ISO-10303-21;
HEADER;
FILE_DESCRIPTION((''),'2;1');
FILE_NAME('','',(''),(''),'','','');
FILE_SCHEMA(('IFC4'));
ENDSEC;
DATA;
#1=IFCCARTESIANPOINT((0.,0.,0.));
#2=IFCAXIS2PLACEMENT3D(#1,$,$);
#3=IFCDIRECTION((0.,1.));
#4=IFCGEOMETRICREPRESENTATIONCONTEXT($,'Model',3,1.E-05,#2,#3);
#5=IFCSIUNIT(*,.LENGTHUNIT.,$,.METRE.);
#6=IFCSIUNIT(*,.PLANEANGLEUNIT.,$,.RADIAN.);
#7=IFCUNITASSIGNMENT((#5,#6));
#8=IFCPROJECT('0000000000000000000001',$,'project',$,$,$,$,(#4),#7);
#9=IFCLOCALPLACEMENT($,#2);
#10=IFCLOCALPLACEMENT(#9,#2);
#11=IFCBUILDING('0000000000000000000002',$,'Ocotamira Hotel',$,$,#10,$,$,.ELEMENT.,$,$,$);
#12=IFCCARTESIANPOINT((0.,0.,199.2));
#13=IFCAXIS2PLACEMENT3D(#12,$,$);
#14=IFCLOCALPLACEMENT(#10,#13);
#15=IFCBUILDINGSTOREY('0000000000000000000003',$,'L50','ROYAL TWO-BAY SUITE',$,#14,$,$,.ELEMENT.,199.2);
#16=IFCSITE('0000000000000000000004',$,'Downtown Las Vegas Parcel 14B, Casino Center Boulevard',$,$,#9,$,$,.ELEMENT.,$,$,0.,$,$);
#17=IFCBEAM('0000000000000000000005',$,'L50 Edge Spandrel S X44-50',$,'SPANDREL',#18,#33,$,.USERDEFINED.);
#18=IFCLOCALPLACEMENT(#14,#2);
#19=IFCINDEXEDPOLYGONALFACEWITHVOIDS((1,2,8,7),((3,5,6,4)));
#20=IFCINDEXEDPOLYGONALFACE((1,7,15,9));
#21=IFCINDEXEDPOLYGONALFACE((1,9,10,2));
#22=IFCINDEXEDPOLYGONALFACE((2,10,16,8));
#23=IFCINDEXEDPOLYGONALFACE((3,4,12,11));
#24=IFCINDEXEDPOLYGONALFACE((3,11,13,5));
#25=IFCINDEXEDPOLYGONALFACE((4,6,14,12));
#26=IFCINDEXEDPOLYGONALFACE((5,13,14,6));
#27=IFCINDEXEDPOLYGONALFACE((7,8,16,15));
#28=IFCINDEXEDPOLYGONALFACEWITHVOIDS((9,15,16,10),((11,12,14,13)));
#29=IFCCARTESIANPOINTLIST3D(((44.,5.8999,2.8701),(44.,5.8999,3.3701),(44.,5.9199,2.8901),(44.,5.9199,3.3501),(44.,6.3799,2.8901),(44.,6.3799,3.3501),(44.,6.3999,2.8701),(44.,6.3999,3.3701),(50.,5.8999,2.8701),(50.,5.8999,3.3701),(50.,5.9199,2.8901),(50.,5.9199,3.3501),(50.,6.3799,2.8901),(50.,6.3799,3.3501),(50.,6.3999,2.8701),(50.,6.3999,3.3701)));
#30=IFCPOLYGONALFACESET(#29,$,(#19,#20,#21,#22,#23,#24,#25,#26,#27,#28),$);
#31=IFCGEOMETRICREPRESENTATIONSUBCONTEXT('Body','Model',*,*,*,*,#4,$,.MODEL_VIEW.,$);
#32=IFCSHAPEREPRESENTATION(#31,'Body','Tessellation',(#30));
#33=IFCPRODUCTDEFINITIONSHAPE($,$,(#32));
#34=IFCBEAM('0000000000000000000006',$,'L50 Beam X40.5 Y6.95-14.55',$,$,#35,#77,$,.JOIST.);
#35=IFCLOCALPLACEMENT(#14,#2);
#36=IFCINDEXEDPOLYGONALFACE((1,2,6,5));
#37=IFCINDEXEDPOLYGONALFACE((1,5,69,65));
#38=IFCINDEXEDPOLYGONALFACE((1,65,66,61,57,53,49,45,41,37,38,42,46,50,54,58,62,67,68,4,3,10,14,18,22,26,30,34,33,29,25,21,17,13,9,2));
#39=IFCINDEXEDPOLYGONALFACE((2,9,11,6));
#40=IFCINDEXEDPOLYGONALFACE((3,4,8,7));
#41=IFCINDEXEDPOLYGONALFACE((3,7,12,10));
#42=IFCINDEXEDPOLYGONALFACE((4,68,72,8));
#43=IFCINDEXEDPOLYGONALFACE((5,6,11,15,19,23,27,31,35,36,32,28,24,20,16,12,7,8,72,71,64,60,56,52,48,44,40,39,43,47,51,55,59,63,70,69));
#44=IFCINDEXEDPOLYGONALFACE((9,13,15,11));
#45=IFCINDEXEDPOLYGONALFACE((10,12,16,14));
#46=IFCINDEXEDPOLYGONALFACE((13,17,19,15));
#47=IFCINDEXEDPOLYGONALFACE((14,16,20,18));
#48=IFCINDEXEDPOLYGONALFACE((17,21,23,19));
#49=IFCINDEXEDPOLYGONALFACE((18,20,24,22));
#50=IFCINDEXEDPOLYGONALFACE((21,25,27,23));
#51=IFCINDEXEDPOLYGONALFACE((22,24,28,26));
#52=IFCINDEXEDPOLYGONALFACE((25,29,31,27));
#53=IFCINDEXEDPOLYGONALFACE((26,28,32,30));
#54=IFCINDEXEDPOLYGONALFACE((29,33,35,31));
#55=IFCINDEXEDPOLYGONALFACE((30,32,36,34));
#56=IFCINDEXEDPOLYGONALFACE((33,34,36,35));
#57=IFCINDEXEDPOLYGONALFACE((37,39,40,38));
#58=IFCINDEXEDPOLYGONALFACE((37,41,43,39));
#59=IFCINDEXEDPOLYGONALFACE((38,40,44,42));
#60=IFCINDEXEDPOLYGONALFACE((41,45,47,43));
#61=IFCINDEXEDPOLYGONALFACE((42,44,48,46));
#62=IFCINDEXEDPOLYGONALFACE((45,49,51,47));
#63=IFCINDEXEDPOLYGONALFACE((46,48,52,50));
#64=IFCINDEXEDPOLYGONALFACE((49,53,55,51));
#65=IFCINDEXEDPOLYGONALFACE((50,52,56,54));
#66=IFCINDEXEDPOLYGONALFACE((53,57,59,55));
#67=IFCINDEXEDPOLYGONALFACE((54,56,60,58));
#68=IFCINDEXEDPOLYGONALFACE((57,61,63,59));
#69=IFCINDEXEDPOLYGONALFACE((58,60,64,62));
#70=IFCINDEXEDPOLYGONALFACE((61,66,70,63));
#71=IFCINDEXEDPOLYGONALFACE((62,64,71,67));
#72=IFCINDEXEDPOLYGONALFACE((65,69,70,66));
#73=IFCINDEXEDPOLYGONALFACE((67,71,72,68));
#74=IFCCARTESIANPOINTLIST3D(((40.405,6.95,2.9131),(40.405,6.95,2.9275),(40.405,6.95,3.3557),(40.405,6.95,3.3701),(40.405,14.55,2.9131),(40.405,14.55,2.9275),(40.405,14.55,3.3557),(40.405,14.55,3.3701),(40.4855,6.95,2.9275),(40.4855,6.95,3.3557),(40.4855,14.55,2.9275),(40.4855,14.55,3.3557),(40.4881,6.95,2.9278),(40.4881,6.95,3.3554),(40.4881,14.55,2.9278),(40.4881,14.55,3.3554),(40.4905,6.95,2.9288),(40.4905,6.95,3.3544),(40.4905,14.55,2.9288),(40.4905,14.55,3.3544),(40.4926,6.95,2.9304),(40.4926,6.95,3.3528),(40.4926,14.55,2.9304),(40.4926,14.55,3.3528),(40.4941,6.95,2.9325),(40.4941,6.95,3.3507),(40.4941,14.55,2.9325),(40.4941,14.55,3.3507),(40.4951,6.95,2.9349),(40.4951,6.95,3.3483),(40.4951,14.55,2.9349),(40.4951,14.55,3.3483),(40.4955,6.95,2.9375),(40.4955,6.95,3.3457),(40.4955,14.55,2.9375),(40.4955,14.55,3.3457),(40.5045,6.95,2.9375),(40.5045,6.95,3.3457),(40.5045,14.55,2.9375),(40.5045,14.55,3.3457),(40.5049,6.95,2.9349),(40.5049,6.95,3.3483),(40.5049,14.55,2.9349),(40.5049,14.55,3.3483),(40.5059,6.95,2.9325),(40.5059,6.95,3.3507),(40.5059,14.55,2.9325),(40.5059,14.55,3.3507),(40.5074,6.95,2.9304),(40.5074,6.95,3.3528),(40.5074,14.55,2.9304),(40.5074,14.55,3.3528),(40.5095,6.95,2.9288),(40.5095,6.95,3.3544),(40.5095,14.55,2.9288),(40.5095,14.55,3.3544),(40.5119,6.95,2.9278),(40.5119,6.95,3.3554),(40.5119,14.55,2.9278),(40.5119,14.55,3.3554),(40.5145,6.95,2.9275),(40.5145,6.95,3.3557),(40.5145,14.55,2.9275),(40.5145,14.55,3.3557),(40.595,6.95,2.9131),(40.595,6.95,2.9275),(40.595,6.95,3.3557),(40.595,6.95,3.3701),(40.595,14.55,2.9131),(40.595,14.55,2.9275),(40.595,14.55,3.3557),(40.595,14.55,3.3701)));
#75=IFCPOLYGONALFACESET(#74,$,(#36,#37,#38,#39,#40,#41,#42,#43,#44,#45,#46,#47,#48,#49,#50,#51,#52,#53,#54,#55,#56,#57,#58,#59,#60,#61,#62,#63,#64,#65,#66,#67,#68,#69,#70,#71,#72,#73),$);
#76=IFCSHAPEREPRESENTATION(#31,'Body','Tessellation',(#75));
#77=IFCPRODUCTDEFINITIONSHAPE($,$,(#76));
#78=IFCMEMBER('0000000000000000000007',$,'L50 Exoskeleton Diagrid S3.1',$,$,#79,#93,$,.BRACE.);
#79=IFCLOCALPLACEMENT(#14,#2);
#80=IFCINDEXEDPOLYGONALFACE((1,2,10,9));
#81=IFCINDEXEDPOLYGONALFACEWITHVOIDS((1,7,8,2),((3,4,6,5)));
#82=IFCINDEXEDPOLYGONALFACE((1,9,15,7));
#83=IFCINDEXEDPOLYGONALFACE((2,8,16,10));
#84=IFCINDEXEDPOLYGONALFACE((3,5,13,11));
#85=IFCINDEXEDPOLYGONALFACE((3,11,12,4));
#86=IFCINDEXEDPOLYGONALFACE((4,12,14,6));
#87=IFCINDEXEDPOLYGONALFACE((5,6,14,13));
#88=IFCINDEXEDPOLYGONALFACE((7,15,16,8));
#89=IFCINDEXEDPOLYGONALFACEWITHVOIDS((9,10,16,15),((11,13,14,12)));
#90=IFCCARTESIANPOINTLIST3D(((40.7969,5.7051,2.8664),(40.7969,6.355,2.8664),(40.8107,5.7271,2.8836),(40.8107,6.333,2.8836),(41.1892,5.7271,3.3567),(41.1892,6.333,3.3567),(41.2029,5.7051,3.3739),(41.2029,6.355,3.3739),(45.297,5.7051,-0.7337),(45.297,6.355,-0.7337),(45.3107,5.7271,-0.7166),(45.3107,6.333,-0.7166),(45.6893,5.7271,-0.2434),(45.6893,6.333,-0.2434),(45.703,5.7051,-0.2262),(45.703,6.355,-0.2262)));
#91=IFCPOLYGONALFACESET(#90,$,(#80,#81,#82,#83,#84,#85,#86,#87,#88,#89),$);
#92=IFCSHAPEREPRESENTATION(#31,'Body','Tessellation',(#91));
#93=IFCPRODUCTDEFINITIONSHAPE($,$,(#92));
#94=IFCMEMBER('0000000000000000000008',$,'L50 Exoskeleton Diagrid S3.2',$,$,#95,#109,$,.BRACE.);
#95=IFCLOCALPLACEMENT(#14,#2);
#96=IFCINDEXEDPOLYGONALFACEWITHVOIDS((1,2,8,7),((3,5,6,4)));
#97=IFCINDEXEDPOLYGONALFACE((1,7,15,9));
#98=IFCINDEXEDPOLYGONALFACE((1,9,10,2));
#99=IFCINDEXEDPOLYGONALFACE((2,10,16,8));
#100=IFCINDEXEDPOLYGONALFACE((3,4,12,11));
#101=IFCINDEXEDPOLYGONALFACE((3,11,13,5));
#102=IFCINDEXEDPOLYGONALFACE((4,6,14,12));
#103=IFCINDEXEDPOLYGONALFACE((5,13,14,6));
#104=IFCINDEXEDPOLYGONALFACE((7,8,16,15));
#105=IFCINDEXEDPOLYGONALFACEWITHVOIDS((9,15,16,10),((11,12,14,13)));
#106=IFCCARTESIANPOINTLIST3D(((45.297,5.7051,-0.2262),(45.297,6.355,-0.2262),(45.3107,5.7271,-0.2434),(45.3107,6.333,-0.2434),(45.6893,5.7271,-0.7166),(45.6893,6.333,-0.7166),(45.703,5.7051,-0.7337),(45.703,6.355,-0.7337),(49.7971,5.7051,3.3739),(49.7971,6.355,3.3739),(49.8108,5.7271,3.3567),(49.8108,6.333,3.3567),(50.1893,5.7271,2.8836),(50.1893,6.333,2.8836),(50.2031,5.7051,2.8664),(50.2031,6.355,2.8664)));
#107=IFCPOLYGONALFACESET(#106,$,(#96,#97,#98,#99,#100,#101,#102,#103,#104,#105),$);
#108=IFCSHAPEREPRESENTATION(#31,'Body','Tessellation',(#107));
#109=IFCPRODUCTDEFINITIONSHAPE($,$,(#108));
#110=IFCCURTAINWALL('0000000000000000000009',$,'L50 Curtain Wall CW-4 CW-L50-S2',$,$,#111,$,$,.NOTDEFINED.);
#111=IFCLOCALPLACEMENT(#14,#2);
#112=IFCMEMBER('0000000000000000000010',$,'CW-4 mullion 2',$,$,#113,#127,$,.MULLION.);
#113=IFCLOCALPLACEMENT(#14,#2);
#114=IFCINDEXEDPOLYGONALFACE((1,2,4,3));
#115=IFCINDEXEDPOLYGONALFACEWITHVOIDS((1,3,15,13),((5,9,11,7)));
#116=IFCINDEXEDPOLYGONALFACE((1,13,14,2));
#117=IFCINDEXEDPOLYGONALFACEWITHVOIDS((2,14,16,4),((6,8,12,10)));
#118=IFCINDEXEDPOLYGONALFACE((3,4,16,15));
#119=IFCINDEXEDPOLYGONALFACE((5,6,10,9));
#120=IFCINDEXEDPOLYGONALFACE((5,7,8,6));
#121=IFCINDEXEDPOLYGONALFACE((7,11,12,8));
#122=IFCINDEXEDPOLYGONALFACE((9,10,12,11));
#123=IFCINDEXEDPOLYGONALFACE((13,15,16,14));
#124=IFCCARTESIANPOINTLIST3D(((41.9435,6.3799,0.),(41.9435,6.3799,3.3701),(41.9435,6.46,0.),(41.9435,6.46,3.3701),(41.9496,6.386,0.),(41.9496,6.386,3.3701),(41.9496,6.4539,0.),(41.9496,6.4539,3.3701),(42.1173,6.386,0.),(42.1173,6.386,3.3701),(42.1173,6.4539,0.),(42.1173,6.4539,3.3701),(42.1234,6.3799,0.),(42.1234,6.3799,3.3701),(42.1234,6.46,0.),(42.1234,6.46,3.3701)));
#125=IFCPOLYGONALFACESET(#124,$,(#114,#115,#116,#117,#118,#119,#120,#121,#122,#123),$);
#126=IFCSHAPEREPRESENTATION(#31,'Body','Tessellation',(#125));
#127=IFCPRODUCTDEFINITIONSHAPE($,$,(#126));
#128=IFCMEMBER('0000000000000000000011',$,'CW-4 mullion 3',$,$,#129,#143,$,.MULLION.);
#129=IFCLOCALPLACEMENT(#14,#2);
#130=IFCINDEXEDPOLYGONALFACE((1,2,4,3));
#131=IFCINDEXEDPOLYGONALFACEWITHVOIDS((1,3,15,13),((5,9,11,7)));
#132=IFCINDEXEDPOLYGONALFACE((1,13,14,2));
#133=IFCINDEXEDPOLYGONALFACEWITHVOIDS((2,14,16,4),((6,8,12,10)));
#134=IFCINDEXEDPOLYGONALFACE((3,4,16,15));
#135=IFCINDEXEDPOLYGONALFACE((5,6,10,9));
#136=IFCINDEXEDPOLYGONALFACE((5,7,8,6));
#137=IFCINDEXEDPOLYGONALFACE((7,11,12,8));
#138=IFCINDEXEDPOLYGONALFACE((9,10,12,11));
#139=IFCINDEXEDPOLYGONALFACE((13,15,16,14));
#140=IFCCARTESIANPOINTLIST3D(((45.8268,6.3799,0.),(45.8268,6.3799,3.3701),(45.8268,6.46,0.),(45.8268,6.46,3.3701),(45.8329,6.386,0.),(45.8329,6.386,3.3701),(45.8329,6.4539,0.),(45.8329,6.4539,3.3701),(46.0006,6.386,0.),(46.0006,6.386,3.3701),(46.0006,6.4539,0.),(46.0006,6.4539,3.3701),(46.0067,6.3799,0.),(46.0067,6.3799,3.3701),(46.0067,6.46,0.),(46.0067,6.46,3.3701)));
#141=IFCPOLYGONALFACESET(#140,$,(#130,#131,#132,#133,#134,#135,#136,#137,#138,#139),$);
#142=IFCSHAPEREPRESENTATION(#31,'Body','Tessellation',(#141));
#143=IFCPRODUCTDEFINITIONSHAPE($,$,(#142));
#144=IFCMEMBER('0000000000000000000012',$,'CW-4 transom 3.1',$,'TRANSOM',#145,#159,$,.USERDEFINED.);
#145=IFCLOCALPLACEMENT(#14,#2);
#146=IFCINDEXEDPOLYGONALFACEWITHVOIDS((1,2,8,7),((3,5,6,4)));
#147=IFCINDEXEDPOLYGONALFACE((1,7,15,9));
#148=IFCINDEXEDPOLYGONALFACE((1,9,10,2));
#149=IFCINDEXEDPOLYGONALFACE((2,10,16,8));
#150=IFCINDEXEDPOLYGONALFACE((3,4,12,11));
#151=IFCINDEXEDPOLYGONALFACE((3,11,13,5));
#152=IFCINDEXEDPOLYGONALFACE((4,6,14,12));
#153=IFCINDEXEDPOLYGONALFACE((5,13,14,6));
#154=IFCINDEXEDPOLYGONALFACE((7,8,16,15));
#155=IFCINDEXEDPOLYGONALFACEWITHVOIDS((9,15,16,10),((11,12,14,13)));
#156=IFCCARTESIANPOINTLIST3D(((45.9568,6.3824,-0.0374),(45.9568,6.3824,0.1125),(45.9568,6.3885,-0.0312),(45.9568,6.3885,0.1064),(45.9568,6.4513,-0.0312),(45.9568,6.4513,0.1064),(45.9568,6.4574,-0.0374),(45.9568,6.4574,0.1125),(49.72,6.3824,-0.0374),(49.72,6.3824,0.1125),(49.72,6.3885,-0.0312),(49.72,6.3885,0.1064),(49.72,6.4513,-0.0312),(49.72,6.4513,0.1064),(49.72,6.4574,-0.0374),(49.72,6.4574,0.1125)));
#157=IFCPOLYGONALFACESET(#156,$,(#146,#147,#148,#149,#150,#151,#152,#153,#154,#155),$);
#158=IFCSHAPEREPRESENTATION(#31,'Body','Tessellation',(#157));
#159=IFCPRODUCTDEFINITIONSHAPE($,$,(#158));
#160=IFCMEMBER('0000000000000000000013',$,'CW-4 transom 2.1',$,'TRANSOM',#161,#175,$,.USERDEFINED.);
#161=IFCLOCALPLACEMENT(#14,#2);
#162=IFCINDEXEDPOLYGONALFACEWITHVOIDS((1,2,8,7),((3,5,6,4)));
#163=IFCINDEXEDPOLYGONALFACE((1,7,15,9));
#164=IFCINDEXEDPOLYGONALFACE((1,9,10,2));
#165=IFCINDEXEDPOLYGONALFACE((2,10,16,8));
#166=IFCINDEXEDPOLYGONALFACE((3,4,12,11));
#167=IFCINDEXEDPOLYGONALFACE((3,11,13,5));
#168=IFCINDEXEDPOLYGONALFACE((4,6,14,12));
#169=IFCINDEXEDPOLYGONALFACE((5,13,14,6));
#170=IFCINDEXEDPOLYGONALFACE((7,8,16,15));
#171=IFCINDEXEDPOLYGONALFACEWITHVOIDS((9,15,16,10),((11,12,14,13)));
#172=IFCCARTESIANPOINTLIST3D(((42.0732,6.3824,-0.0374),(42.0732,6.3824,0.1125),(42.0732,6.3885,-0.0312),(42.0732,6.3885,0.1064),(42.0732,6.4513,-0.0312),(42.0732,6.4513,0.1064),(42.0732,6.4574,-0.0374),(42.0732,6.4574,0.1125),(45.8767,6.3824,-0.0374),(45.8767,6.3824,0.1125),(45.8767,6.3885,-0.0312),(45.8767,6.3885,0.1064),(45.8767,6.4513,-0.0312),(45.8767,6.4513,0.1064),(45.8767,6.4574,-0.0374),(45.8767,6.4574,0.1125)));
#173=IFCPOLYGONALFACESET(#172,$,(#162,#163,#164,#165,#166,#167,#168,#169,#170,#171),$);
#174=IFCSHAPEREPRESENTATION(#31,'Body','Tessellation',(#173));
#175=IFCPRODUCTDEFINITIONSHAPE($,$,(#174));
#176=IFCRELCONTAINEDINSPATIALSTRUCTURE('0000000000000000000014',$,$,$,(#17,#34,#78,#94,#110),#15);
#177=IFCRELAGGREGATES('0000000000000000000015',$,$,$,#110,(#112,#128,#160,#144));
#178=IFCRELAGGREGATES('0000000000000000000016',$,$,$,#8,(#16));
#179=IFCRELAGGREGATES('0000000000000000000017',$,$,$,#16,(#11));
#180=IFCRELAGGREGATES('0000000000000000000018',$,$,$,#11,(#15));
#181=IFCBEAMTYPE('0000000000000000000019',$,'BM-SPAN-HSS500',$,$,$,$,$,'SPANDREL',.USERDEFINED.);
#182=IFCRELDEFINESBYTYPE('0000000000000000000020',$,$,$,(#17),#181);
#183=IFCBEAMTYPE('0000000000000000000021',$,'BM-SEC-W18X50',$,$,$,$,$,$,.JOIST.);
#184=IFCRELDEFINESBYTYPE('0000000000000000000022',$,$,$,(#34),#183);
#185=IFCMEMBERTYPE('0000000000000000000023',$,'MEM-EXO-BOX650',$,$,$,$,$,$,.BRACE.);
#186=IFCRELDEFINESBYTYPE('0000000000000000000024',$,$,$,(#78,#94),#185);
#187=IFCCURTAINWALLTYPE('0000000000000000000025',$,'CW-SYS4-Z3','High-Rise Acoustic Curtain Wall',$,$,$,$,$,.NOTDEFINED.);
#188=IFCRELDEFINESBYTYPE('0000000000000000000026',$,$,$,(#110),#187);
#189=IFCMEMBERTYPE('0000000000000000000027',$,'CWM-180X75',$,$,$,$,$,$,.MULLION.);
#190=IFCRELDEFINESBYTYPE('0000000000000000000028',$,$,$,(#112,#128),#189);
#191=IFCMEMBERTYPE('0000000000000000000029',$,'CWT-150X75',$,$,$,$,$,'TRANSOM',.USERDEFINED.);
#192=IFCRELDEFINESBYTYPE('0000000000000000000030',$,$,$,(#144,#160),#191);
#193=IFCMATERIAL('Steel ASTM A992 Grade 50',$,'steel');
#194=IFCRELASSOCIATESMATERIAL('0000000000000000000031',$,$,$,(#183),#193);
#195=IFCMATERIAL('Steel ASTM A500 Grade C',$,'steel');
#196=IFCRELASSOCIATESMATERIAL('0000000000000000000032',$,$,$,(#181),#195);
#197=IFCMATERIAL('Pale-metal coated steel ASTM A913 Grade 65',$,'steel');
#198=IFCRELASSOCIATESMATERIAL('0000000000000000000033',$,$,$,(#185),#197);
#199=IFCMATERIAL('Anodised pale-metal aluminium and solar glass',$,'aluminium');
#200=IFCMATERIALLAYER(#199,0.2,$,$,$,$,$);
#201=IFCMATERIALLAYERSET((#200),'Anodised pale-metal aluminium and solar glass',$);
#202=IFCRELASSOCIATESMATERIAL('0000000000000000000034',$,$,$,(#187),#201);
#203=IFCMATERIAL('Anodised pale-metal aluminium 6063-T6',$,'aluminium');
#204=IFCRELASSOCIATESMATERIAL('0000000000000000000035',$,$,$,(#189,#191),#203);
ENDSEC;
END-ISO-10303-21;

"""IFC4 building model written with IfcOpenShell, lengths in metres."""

from ifc_helpers import new_model, si_unit, direction, frame, origin, origin_2d, place, context, subcontext, project, spatial, hollow_rectangle, i_section, extrude, source, transform, mapped, material, layer, layer_set, material_profile, profile_set, type_object, element, aggregate, save


model = new_model("IFC4")

# Units and contexts
model_context = context("Model", 3, precision=1e-05, world=origin(), true_north=direction((0.0, 1.0)))
body_context = subcontext(model_context, "Body", "Model", "MODEL_VIEW")
ifc_project = project(units=[si_unit("LENGTHUNIT", "METRE"), si_unit("PLANEANGLEUNIT", "RADIAN")], contexts=[model_context])

# Site, building, storey
site_placement = place(None, origin())
site = spatial("IfcSite", under=ifc_project, at=site_placement, Name="Downtown Las Vegas Parcel 14B, Casino Center Boulevard", CompositionType="ELEMENT", RefElevation=0.0)
building_placement = place(site_placement, origin())
building = spatial("IfcBuilding", under=site, at=building_placement, Name="Ocotamira Hotel", CompositionType="ELEMENT")
storey_placement = place(building_placement, frame((0.0, 0.0, 199.2)))
storey = spatial("IfcBuildingStorey", under=building, at=storey_placement, Name="L50", Description="ROYAL TWO-BAY SUITE", CompositionType="ELEMENT", Elevation=199.2)

# Beams
ifc_material_1 = material(Name="Steel ASTM A992 Grade 50", Category="steel")
ifc_material_profile_1 = material_profile(ifc_material_1, i_section(OverallWidth=0.1899, OverallDepth=0.457, WebThickness=0.009, FlangeThickness=0.0144, FilletRadius=0.01, at=origin_2d()), Name="W18X50")
ifc_profile_set_1 = profile_set([ifc_material_profile_1], Name="Steel ASTM A992 Grade 50")
beam_type_1 = type_object("IfcBeamType", Name="BM-SEC-W18X50", PredefinedType="JOIST", material=ifc_profile_set_1)
ifc_material_2 = material(Name="Steel ASTM A500 Grade C", Category="steel")
ifc_material_profile_2 = material_profile(ifc_material_2, hollow_rectangle(XDim=0.5, YDim=0.5, WallThickness=0.02, at=origin_2d()), Name="HSS500X500X20")
ifc_profile_set_2 = profile_set([ifc_material_profile_2], Name="Steel ASTM A500 Grade C")
beam_type_2 = type_object("IfcBeamType", Name="BM-SPAN-HSS500", ElementType="SPANDREL", PredefinedType="USERDEFINED", material=ifc_profile_set_2)
shared_shape_1 = source(origin(), body_context, "Body", "SweptSolid", [
    extrude(hollow_rectangle(XDim=0.5, YDim=0.5, WallThickness=0.02, at=origin_2d()), origin(), (0.0, 0.0, 1.0), 6.0),
])
beam_1_placement = place(storey_placement, frame((44.0, 6.1499, 3.1201), z_axis=(1.0, 0.0, 0.0), x_axis=(0.0, 1.0, 0.0)))
element("IfcBeam", 1, at=beam_1_placement, inside=storey, type_object=beam_type_2, Name="L50 Edge Spandrel S X44-50", ObjectType="SPANDREL", PredefinedType="USERDEFINED", context=body_context, shape_type="MappedRepresentation", body=[
    mapped(shared_shape_1, transform((0.0, 0.0, 0.0), scale=1.0)),
])
shared_shape_2 = source(origin(), body_context, "Body", "SweptSolid", [
    extrude(i_section(OverallWidth=0.1899, OverallDepth=0.457, WebThickness=0.009, FlangeThickness=0.0144, FilletRadius=0.01, at=origin_2d()), origin(), (0.0, 0.0, 1.0), 7.6001),
])
beam_2_placement = place(storey_placement, frame((40.5, 6.95, 3.1416), z_axis=(0.0, 1.0, 0.0), x_axis=(-1.0, 0.0, 0.0)))
element("IfcBeam", 2, at=beam_2_placement, inside=storey, type_object=beam_type_1, Name="L50 Beam X40.5 Y6.95-14.55", PredefinedType="JOIST", context=body_context, shape_type="MappedRepresentation", body=[
    mapped(shared_shape_2, transform((0.0, 0.0, 0.0), scale=1.0)),
])

# Members
ifc_material_3 = material(Name="Pale-metal coated steel ASTM A913 Grade 65", Category="steel")
ifc_material_profile_3 = material_profile(ifc_material_3, hollow_rectangle(XDim=0.6499, YDim=0.6499, WallThickness=0.022, at=origin_2d()), Name="BOX650X650X22")
ifc_profile_set_3 = profile_set([ifc_material_profile_3], Name="Pale-metal coated steel ASTM A913 Grade 65")
member_type_1 = type_object("IfcMemberType", Name="MEM-EXO-BOX650", PredefinedType="BRACE", material=ifc_profile_set_3)
shared_shape_3 = source(origin(), body_context, "Body", "SweptSolid", [
    extrude(hollow_rectangle(XDim=0.6499, YDim=0.6499, WallThickness=0.022, at=origin_2d()), origin(), (0.0, 0.0, 1.0), 5.7629),
])
for number, where, z_axis, x_axis, name in (
    (3, (45.5, 6.03, -0.48), (-0.780861, 0.0, 0.624705), (0.0, -1.0, 0.0), "L50 Exoskeleton Diagrid S3.1"),
    (4, (45.5, 6.03, -0.48), (0.780861, 0.0, 0.624705), (0.0, 1.0, 0.0), "L50 Exoskeleton Diagrid S3.2"),
):
    element("IfcMember", number, at=place(storey_placement, frame(where, z_axis=z_axis, x_axis=x_axis)), inside=storey, type_object=member_type_1, Name=name, PredefinedType="BRACE", context=body_context, shape_type="MappedRepresentation", body=[
        mapped(shared_shape_3, transform((0.0, 0.0, 0.0), scale=1.0)),
    ])

# Curtain wall, members
ifc_material_4 = material(Name="Anodised pale-metal aluminium and solar glass", Category="aluminium")
ifc_layer_1 = layer(ifc_material_4, 0.2)
ifc_layer_set_1 = layer_set([ifc_layer_1], Name="Anodised pale-metal aluminium and solar glass")
curtain_wall_type = type_object("IfcCurtainWallType", Name="CW-SYS4-Z3", Description="High-Rise Acoustic Curtain Wall", PredefinedType="NOTDEFINED", material=ifc_layer_set_1)
curtain_wall_placement = place(storey_placement, origin())
curtain_wall = element("IfcCurtainWall", 5, at=curtain_wall_placement, inside=storey, type_object=curtain_wall_type, Name="L50 Curtain Wall CW-4 CW-L50-S2", PredefinedType="NOTDEFINED")
ifc_material_5 = material(Name="Anodised pale-metal aluminium 6063-T6", Category="aluminium")
ifc_material_profile_4 = material_profile(ifc_material_5, hollow_rectangle(XDim=0.0801, YDim=0.1799, WallThickness=0.0061, at=origin_2d()), Name="HSS180X80X6")
ifc_profile_set_4 = profile_set([ifc_material_profile_4], Name="Anodised pale-metal aluminium 6063-T6")
member_type_2 = type_object("IfcMemberType", Name="CWM-180X75", PredefinedType="MULLION", material=ifc_profile_set_4)
shared_shape_4 = source(origin(), body_context, "Body", "SweptSolid", [
    extrude(hollow_rectangle(XDim=0.0801, YDim=0.1799, WallThickness=0.0061, at=origin_2d()), origin(), (0.0, 0.0, 1.0), 3.3701),
])
member_1_placement = place(storey_placement, frame((42.0334, 6.4199, 0.0), z_axis=(0.0, 0.0, 1.0), x_axis=(0.0, 1.0, 0.0)))
member_1 = element("IfcMember", 6, at=member_1_placement, type_object=member_type_2, Name="CW-4 mullion 2", PredefinedType="MULLION", context=body_context, shape_type="MappedRepresentation", body=[
    mapped(shared_shape_4, transform((0.0, 0.0, 0.0), scale=1.0)),
])
member_2_placement = place(storey_placement, frame((45.9167, 6.4199, 0.0), z_axis=(0.0, 0.0, 1.0), x_axis=(0.0, 1.0, 0.0)))
member_2 = element("IfcMember", 7, at=member_2_placement, type_object=member_type_2, Name="CW-4 mullion 3", PredefinedType="MULLION", context=body_context, shape_type="MappedRepresentation", body=[
    mapped(shared_shape_4, transform((0.0, 0.0, 0.0), scale=1.0)),
])
ifc_material_profile_5 = material_profile(ifc_material_5, hollow_rectangle(XDim=0.075, YDim=0.1499, WallThickness=0.0061, at=origin_2d()), Name="HSS150X75X6")
ifc_profile_set_5 = profile_set([ifc_material_profile_5], Name="Anodised pale-metal aluminium 6063-T6")
member_type_3 = type_object("IfcMemberType", Name="CWT-150X75", ElementType="TRANSOM", PredefinedType="USERDEFINED", material=ifc_profile_set_5)
shared_shape_5 = source(origin(), body_context, "Body", "SweptSolid", [
    extrude(hollow_rectangle(XDim=0.075, YDim=0.1499, WallThickness=0.0061, at=origin_2d()), origin(), (0.0, 0.0, 1.0), 3.7632),
])
member_3_placement = place(storey_placement, frame((45.9568, 6.4199, 0.0376), z_axis=(1.0, 0.0, 0.0), x_axis=(0.0, 1.0, 0.0)))
member_3 = element("IfcMember", 8, at=member_3_placement, type_object=member_type_3, Name="CW-4 transom 3.1", ObjectType="TRANSOM", PredefinedType="USERDEFINED", context=body_context, shape_type="MappedRepresentation", body=[
    mapped(shared_shape_5, transform((0.0, 0.0, 0.0), scale=1.0)),
])
shared_shape_6 = source(origin(), body_context, "Body", "SweptSolid", [
    extrude(hollow_rectangle(XDim=0.075, YDim=0.1499, WallThickness=0.0061, at=origin_2d()), origin(), (0.0, 0.0, 1.0), 3.8035),
])
member_4_placement = place(storey_placement, frame((42.0732, 6.4199, 0.0376), z_axis=(1.0, 0.0, 0.0), x_axis=(0.0, 1.0, 0.0)))
member_4 = element("IfcMember", 9, at=member_4_placement, type_object=member_type_3, Name="CW-4 transom 2.1", ObjectType="TRANSOM", PredefinedType="USERDEFINED", context=body_context, shape_type="MappedRepresentation", body=[
    mapped(shared_shape_6, transform((0.0, 0.0, 0.0), scale=1.0)),
])

aggregate(curtain_wall, [member_1, member_2, member_4, member_3])

save(model, "model.ifc")
